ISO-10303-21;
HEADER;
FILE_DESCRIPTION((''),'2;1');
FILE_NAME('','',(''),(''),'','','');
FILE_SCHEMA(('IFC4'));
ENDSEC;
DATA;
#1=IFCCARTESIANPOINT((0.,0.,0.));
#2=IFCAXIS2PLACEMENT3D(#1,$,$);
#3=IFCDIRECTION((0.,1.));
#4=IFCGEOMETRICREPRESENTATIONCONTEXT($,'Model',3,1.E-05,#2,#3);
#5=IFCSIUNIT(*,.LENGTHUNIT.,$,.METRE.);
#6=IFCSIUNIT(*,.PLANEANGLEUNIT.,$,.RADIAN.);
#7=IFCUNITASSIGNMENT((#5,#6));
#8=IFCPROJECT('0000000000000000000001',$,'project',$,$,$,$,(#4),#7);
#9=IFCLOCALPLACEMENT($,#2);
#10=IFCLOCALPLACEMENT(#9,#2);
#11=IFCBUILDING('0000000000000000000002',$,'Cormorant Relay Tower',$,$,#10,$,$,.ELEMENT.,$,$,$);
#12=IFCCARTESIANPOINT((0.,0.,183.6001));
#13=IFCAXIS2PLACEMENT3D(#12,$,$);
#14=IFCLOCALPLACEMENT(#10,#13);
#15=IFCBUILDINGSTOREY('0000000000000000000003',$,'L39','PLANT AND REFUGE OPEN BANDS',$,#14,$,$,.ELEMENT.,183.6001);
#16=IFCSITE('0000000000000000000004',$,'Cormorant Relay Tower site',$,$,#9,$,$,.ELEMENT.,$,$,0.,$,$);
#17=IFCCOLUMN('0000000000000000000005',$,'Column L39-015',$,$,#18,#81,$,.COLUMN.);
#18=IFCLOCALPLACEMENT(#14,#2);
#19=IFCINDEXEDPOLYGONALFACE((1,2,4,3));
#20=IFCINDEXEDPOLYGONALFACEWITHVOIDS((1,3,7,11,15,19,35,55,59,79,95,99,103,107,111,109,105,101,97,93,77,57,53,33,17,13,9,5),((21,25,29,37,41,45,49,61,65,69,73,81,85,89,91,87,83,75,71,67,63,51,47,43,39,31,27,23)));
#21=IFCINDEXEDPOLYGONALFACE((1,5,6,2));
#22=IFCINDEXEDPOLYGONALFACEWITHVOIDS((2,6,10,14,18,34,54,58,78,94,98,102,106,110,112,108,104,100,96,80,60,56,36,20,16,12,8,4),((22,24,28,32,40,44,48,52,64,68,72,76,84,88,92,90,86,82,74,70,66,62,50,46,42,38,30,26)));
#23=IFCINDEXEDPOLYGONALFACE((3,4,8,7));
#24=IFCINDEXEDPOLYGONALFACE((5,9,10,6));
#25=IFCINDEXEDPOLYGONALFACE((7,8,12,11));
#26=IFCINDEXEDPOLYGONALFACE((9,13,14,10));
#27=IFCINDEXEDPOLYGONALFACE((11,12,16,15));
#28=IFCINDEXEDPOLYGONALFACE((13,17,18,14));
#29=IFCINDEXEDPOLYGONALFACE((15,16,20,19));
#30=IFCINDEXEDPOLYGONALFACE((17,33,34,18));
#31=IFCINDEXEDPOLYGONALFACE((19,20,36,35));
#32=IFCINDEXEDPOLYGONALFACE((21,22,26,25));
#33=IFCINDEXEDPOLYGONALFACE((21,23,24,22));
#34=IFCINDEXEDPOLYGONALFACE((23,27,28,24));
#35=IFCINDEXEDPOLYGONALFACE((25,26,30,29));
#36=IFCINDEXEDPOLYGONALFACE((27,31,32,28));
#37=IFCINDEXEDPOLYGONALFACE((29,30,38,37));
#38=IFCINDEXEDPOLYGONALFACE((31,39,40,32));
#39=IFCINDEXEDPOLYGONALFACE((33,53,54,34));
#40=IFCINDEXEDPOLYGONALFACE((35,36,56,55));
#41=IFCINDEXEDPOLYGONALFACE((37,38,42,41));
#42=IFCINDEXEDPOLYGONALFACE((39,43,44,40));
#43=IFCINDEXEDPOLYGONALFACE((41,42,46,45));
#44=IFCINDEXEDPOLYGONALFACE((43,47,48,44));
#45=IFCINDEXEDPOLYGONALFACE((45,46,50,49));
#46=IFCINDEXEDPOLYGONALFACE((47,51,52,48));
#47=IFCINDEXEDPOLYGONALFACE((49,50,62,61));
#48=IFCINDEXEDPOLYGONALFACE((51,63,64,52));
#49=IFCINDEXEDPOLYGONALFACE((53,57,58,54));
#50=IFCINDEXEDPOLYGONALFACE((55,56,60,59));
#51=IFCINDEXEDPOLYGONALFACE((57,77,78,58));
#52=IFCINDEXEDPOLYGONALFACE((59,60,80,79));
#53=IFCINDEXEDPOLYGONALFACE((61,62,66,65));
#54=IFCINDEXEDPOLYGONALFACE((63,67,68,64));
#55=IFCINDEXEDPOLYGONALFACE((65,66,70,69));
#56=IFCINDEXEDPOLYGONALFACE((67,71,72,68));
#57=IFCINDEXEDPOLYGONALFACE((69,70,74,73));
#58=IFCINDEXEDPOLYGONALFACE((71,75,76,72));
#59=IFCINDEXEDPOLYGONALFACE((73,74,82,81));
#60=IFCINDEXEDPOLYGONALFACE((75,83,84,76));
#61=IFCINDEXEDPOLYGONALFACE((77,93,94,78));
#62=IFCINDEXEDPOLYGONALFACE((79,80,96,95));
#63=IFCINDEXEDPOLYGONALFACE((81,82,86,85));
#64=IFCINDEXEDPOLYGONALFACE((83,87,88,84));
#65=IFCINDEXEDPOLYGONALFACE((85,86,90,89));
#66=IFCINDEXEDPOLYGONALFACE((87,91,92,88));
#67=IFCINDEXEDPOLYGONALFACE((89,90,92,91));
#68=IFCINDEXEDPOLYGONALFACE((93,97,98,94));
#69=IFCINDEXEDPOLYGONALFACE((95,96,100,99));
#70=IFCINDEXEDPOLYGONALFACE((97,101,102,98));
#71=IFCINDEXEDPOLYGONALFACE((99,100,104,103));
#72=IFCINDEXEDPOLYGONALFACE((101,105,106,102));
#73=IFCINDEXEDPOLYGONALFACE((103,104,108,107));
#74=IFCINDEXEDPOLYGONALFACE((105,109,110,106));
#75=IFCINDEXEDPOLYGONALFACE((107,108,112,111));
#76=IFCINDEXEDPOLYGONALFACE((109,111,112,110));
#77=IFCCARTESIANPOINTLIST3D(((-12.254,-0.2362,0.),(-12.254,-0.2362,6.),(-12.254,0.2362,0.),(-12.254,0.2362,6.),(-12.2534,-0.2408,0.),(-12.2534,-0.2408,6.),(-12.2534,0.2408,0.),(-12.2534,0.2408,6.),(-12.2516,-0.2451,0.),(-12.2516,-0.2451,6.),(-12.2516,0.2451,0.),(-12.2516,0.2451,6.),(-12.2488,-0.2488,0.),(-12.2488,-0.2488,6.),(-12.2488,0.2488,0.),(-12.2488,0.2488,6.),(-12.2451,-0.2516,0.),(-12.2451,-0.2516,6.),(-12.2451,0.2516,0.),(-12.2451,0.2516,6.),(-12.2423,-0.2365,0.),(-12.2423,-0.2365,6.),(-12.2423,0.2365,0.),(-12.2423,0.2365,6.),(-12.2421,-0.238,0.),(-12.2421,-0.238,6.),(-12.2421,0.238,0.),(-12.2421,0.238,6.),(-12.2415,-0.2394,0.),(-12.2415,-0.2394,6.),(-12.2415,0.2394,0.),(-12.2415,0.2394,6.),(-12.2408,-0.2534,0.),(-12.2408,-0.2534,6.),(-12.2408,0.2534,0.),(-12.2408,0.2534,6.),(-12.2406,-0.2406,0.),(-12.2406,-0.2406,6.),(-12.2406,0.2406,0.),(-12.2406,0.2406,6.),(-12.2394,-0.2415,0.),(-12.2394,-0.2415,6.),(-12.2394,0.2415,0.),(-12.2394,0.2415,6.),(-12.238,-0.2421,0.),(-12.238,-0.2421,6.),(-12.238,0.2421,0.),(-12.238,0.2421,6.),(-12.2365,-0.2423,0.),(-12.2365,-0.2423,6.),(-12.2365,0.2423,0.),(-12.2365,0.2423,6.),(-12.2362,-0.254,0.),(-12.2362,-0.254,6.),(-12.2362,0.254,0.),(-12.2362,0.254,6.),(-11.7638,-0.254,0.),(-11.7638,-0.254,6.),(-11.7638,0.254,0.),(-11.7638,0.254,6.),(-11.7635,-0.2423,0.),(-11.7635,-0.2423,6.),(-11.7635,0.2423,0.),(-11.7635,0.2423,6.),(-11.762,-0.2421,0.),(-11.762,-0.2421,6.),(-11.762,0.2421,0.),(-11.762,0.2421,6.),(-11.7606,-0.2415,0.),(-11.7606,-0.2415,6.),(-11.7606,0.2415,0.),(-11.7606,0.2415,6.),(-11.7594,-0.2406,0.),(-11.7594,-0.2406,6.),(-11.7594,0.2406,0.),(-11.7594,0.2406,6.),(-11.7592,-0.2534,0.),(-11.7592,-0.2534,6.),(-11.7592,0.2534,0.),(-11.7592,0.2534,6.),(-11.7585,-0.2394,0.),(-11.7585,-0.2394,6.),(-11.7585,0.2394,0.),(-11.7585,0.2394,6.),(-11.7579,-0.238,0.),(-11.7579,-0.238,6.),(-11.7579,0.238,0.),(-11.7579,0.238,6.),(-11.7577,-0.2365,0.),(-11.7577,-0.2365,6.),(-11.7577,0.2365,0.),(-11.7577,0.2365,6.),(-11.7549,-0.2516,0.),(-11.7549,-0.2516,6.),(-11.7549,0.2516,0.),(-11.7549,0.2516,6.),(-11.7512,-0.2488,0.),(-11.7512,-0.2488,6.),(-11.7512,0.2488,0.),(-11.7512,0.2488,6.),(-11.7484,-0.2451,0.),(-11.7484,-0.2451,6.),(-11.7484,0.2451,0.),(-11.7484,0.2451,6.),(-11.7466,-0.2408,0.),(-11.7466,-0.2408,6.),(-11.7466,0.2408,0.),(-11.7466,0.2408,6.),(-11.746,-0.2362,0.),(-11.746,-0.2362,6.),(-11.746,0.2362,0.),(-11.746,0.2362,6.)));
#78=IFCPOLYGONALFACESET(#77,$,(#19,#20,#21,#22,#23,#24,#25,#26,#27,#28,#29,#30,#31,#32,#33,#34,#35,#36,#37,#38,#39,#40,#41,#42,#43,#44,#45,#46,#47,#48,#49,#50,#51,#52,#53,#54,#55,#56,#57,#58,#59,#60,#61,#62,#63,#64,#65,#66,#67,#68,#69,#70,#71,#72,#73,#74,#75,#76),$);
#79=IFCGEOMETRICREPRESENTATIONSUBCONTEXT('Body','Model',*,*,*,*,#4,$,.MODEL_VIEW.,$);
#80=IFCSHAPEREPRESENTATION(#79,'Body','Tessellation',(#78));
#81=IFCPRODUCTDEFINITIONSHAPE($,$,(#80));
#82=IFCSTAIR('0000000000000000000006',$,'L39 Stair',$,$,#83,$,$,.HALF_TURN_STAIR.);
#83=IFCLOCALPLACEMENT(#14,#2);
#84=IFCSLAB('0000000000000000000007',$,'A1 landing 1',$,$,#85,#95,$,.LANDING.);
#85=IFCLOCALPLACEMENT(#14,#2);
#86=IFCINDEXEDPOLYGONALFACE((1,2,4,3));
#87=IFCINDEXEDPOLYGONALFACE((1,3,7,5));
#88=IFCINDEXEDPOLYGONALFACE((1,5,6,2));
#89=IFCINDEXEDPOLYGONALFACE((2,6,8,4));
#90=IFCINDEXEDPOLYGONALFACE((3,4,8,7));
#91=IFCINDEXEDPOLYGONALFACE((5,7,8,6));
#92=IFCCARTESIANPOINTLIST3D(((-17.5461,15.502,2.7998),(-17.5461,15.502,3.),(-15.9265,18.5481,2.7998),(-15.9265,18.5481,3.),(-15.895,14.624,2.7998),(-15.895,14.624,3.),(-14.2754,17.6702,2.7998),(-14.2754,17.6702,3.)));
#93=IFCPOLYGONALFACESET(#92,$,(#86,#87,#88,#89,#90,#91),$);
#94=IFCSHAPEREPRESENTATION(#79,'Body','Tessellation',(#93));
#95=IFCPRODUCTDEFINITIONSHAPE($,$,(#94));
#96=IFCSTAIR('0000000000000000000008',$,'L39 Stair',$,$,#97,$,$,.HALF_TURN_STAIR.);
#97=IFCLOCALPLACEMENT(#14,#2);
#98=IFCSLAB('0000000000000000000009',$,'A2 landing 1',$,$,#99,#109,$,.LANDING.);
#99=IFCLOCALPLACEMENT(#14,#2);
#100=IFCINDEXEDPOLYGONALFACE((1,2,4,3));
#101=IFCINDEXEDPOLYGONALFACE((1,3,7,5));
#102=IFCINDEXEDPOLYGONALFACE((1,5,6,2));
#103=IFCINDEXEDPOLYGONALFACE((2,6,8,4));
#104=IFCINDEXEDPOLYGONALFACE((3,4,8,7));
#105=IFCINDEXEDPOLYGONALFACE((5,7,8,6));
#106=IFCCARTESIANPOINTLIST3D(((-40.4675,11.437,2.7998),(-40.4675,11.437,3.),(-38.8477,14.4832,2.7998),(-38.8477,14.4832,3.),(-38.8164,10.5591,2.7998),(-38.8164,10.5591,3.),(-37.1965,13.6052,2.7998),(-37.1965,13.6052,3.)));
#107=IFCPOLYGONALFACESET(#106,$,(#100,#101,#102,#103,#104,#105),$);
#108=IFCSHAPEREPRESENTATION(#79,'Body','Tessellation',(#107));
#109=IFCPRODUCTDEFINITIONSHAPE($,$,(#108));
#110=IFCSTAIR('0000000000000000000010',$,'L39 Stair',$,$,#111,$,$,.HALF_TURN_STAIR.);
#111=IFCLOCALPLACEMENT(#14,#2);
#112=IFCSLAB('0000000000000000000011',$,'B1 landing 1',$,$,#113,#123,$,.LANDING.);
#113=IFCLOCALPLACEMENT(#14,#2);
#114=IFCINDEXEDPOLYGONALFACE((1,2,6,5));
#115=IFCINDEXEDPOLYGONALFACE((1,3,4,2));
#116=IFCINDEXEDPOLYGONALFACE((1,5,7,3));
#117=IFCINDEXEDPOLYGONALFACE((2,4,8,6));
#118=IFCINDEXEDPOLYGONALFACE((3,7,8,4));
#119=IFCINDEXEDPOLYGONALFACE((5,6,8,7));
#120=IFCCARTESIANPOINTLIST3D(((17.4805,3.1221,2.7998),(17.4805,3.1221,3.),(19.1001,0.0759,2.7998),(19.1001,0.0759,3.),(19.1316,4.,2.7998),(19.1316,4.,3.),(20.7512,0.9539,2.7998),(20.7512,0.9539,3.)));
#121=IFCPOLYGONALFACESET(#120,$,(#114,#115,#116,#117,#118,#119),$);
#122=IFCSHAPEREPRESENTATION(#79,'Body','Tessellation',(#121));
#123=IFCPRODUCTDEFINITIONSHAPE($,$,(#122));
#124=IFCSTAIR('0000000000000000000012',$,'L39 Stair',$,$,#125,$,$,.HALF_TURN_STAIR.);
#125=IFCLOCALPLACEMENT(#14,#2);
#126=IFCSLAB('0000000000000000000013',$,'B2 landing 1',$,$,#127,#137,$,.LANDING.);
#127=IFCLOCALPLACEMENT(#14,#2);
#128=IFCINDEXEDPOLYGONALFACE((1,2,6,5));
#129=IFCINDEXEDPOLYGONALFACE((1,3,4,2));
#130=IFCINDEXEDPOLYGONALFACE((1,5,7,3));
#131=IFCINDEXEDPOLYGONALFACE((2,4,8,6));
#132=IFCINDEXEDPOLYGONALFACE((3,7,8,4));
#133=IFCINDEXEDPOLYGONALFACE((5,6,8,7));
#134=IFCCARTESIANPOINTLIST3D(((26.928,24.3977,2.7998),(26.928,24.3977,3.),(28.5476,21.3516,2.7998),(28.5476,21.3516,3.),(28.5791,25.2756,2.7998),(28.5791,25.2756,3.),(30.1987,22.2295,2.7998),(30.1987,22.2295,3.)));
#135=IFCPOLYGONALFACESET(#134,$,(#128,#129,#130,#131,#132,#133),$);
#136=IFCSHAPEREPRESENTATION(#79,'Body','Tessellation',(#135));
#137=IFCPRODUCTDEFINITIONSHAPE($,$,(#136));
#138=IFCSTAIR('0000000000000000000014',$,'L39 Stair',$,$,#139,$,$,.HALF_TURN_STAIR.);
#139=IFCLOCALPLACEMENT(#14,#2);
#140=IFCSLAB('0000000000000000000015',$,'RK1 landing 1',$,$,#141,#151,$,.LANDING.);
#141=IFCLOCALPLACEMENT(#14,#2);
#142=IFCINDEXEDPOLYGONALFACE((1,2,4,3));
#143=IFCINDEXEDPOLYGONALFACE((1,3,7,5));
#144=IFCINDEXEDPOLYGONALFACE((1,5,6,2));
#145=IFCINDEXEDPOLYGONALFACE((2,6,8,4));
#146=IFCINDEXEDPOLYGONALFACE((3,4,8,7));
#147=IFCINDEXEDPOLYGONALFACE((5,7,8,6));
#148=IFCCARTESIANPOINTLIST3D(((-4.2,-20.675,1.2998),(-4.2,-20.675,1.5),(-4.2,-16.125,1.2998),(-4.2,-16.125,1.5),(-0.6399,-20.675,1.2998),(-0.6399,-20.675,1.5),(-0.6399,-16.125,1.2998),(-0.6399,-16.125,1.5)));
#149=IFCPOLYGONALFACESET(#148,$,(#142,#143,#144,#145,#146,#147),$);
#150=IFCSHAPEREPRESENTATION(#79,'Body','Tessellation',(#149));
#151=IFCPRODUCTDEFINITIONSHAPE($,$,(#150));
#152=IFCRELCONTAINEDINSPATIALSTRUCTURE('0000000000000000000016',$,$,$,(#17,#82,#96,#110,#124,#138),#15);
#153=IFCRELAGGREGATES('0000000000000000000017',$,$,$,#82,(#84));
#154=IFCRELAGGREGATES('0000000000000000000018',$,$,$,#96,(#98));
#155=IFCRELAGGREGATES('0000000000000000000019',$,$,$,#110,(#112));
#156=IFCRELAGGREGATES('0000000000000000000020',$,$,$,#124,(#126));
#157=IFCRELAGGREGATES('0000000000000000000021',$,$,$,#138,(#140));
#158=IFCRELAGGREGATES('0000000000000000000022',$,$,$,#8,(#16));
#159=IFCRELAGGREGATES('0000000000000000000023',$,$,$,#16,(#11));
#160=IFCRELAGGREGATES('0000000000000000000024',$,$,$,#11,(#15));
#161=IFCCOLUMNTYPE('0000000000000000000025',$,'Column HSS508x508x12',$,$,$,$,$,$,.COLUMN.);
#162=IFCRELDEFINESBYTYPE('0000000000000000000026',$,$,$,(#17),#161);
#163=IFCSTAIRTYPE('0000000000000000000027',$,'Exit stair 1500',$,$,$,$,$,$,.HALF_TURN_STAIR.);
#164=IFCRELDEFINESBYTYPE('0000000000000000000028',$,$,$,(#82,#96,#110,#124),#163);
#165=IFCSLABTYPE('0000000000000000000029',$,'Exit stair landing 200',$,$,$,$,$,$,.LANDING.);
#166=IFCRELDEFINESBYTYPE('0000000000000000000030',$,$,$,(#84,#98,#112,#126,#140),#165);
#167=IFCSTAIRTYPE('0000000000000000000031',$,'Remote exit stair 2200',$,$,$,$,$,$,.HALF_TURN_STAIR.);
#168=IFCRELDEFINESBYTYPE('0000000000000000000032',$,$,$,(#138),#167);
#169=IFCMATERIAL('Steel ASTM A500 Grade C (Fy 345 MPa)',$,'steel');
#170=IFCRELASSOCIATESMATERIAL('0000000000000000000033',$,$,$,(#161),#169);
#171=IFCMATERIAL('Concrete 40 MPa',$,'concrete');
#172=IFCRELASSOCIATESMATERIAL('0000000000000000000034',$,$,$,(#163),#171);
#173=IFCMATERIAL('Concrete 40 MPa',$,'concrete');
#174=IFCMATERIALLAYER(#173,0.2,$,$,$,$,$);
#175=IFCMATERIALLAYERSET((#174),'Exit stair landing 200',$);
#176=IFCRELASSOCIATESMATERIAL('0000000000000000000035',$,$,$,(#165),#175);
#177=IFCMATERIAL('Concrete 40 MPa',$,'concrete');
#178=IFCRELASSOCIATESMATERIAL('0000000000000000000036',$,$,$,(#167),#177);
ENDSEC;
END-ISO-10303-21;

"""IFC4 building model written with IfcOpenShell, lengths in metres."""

from ifc_helpers import new_model, si_unit, direction, frame, origin, origin_2d, place, context, subcontext, project, spatial, polyline, hollow_rectangle, outline, extrude, material, layer, layer_set, material_profile, profile_set, type_object, element, aggregate, save


model = new_model("IFC4")

# Units and contexts
model_context = context("Model", 3, precision=1e-05, world=origin(), true_north=direction((0.0, 1.0)))
body_context = subcontext(model_context, "Body", "Model", "MODEL_VIEW")
ifc_project = project(units=[si_unit("LENGTHUNIT", "METRE"), si_unit("PLANEANGLEUNIT", "RADIAN")], contexts=[model_context])

# Site, building, storey
site_placement = place(None, origin())
site = spatial("IfcSite", under=ifc_project, at=site_placement, Name="Cormorant Relay Tower site", CompositionType="ELEMENT", RefElevation=0.0)
building_placement = place(site_placement, origin())
building = spatial("IfcBuilding", under=site, at=building_placement, Name="Cormorant Relay Tower", CompositionType="ELEMENT")
storey_placement = place(building_placement, frame((0.0, 0.0, 183.6001)))
storey = spatial("IfcBuildingStorey", under=building, at=storey_placement, Name="L39", Description="PLANT AND REFUGE OPEN BANDS", CompositionType="ELEMENT", Elevation=183.6001)

# Column
ifc_material_1 = material(Name="Steel ASTM A500 Grade C (Fy 345 MPa)", Category="steel")
ifc_material_profile = material_profile(ifc_material_1, hollow_rectangle(XDim=0.5081, YDim=0.5081, WallThickness=0.0117, InnerFilletRadius=0.0059, OuterFilletRadius=0.0178, at=origin_2d()), Name="HSS508x508x12")
ifc_profile_set = profile_set([ifc_material_profile], Name="Steel ASTM A500 Grade C (Fy 345 MPa)")
column_type = type_object("IfcColumnType", Name="Column HSS508x508x12", PredefinedType="COLUMN", material=ifc_profile_set)
column_placement = place(storey_placement, frame((-12.0, 0.0, 0.0), z_axis=(0.0, 0.0, 1.0), x_axis=(1.0, 0.0, 0.0)))
element("IfcColumn", 1, at=column_placement, inside=storey, type_object=column_type, Name="Column L39-015", PredefinedType="COLUMN", context=body_context, shape_type="SweptSolid", body=[
    extrude(hollow_rectangle(XDim=0.5081, YDim=0.5081, WallThickness=0.0117, InnerFilletRadius=0.0059, OuterFilletRadius=0.0178, at=origin_2d()), origin(), (0.0, 0.0, 1.0), 6.0),
])

# Stairs, slabs
ifc_material_2 = material(Name="Concrete 40 MPa", Category="concrete")
stair_type_1 = type_object("IfcStairType", Name="Exit stair 1500", PredefinedType="HALF_TURN_STAIR", material=ifc_material_2)
stair_1_placement = place(storey_placement, origin())
stair_1 = element("IfcStair", 2, at=stair_1_placement, inside=storey, type_object=stair_type_1, Name="L39 Stair", PredefinedType="HALF_TURN_STAIR")
ifc_material_3 = material(Name="Concrete 40 MPa", Category="concrete")
ifc_layer_1 = layer(ifc_material_3, 0.2)
ifc_layer_set_1 = layer_set([ifc_layer_1], Name="Exit stair landing 200")
slab_type_1 = type_object("IfcSlabType", Name="Exit stair landing 200", PredefinedType="LANDING", material=ifc_layer_set_1)
slab_1_placement = place(storey_placement, frame((0.0, 0.0, 2.7998)))
slab_1 = element("IfcSlab", 3, at=slab_1_placement, type_object=slab_type_1, Name="A1 landing 1", PredefinedType="LANDING", context=body_context, shape_type="SweptSolid", body=[
    extrude(outline(polyline([(-17.5461, 15.502), (-15.895, 14.624), (-14.2754, 17.6702), (-15.9265, 18.5481), (-17.5461, 15.502)])), origin(), (0.0, 0.0, 1.0), 0.2002),
])
aggregate(stair_1, [slab_1])
stair_2_placement = place(storey_placement, origin())
stair_2 = element("IfcStair", 4, at=stair_2_placement, inside=storey, type_object=stair_type_1, Name="L39 Stair", PredefinedType="HALF_TURN_STAIR")
slab_2_placement = place(storey_placement, frame((0.0, 0.0, 2.7998)))
slab_2 = element("IfcSlab", 5, at=slab_2_placement, type_object=slab_type_1, Name="A2 landing 1", PredefinedType="LANDING", context=body_context, shape_type="SweptSolid", body=[
    extrude(outline(polyline([(-37.1965, 13.6052), (-38.8477, 14.4832), (-40.4675, 11.437), (-38.8164, 10.5591), (-37.1965, 13.6052)])), origin(), (0.0, 0.0, 1.0), 0.2002),
])
aggregate(stair_2, [slab_2])
stair_3_placement = place(storey_placement, origin())
stair_3 = element("IfcStair", 6, at=stair_3_placement, inside=storey, type_object=stair_type_1, Name="L39 Stair", PredefinedType="HALF_TURN_STAIR")
slab_3_placement = place(storey_placement, frame((0.0, 0.0, 2.7998)))
slab_3 = element("IfcSlab", 7, at=slab_3_placement, type_object=slab_type_1, Name="B1 landing 1", PredefinedType="LANDING", context=body_context, shape_type="SweptSolid", body=[
    extrude(outline(polyline([(19.1316, 4.0), (17.4805, 3.1221), (19.1001, 0.0759), (20.7512, 0.9539), (19.1316, 4.0)])), origin(), (0.0, 0.0, 1.0), 0.2002),
])
aggregate(stair_3, [slab_3])
stair_4_placement = place(storey_placement, origin())
stair_4 = element("IfcStair", 8, at=stair_4_placement, inside=storey, type_object=stair_type_1, Name="L39 Stair", PredefinedType="HALF_TURN_STAIR")
slab_4_placement = place(storey_placement, frame((0.0, 0.0, 2.7998)))
slab_4 = element("IfcSlab", 9, at=slab_4_placement, type_object=slab_type_1, Name="B2 landing 1", PredefinedType="LANDING", context=body_context, shape_type="SweptSolid", body=[
    extrude(outline(polyline([(28.5476, 21.3516), (30.1987, 22.2295), (28.5791, 25.2756), (26.928, 24.3977), (28.5476, 21.3516)])), origin(), (0.0, 0.0, 1.0), 0.2002),
])
aggregate(stair_4, [slab_4])
ifc_material_4 = material(Name="Concrete 40 MPa", Category="concrete")
stair_type_2 = type_object("IfcStairType", Name="Remote exit stair 2200", PredefinedType="HALF_TURN_STAIR", material=ifc_material_4)
stair_5_placement = place(storey_placement, origin())
stair_5 = element("IfcStair", 10, at=stair_5_placement, inside=storey, type_object=stair_type_2, Name="L39 Stair", PredefinedType="HALF_TURN_STAIR")
slab_5_placement = place(storey_placement, frame((0.0, 0.0, 1.2998)))
slab_5 = element("IfcSlab", 11, at=slab_5_placement, type_object=slab_type_1, Name="RK1 landing 1", PredefinedType="LANDING", context=body_context, shape_type="SweptSolid", body=[
    extrude(outline(polyline([(-0.6399, -16.125), (-4.2, -16.125), (-4.2, -20.675), (-0.6399, -20.675), (-0.6399, -16.125)])), origin(), (0.0, 0.0, 1.0), 0.2002),
])
aggregate(stair_5, [slab_5])

save(model, "model.ifc")
